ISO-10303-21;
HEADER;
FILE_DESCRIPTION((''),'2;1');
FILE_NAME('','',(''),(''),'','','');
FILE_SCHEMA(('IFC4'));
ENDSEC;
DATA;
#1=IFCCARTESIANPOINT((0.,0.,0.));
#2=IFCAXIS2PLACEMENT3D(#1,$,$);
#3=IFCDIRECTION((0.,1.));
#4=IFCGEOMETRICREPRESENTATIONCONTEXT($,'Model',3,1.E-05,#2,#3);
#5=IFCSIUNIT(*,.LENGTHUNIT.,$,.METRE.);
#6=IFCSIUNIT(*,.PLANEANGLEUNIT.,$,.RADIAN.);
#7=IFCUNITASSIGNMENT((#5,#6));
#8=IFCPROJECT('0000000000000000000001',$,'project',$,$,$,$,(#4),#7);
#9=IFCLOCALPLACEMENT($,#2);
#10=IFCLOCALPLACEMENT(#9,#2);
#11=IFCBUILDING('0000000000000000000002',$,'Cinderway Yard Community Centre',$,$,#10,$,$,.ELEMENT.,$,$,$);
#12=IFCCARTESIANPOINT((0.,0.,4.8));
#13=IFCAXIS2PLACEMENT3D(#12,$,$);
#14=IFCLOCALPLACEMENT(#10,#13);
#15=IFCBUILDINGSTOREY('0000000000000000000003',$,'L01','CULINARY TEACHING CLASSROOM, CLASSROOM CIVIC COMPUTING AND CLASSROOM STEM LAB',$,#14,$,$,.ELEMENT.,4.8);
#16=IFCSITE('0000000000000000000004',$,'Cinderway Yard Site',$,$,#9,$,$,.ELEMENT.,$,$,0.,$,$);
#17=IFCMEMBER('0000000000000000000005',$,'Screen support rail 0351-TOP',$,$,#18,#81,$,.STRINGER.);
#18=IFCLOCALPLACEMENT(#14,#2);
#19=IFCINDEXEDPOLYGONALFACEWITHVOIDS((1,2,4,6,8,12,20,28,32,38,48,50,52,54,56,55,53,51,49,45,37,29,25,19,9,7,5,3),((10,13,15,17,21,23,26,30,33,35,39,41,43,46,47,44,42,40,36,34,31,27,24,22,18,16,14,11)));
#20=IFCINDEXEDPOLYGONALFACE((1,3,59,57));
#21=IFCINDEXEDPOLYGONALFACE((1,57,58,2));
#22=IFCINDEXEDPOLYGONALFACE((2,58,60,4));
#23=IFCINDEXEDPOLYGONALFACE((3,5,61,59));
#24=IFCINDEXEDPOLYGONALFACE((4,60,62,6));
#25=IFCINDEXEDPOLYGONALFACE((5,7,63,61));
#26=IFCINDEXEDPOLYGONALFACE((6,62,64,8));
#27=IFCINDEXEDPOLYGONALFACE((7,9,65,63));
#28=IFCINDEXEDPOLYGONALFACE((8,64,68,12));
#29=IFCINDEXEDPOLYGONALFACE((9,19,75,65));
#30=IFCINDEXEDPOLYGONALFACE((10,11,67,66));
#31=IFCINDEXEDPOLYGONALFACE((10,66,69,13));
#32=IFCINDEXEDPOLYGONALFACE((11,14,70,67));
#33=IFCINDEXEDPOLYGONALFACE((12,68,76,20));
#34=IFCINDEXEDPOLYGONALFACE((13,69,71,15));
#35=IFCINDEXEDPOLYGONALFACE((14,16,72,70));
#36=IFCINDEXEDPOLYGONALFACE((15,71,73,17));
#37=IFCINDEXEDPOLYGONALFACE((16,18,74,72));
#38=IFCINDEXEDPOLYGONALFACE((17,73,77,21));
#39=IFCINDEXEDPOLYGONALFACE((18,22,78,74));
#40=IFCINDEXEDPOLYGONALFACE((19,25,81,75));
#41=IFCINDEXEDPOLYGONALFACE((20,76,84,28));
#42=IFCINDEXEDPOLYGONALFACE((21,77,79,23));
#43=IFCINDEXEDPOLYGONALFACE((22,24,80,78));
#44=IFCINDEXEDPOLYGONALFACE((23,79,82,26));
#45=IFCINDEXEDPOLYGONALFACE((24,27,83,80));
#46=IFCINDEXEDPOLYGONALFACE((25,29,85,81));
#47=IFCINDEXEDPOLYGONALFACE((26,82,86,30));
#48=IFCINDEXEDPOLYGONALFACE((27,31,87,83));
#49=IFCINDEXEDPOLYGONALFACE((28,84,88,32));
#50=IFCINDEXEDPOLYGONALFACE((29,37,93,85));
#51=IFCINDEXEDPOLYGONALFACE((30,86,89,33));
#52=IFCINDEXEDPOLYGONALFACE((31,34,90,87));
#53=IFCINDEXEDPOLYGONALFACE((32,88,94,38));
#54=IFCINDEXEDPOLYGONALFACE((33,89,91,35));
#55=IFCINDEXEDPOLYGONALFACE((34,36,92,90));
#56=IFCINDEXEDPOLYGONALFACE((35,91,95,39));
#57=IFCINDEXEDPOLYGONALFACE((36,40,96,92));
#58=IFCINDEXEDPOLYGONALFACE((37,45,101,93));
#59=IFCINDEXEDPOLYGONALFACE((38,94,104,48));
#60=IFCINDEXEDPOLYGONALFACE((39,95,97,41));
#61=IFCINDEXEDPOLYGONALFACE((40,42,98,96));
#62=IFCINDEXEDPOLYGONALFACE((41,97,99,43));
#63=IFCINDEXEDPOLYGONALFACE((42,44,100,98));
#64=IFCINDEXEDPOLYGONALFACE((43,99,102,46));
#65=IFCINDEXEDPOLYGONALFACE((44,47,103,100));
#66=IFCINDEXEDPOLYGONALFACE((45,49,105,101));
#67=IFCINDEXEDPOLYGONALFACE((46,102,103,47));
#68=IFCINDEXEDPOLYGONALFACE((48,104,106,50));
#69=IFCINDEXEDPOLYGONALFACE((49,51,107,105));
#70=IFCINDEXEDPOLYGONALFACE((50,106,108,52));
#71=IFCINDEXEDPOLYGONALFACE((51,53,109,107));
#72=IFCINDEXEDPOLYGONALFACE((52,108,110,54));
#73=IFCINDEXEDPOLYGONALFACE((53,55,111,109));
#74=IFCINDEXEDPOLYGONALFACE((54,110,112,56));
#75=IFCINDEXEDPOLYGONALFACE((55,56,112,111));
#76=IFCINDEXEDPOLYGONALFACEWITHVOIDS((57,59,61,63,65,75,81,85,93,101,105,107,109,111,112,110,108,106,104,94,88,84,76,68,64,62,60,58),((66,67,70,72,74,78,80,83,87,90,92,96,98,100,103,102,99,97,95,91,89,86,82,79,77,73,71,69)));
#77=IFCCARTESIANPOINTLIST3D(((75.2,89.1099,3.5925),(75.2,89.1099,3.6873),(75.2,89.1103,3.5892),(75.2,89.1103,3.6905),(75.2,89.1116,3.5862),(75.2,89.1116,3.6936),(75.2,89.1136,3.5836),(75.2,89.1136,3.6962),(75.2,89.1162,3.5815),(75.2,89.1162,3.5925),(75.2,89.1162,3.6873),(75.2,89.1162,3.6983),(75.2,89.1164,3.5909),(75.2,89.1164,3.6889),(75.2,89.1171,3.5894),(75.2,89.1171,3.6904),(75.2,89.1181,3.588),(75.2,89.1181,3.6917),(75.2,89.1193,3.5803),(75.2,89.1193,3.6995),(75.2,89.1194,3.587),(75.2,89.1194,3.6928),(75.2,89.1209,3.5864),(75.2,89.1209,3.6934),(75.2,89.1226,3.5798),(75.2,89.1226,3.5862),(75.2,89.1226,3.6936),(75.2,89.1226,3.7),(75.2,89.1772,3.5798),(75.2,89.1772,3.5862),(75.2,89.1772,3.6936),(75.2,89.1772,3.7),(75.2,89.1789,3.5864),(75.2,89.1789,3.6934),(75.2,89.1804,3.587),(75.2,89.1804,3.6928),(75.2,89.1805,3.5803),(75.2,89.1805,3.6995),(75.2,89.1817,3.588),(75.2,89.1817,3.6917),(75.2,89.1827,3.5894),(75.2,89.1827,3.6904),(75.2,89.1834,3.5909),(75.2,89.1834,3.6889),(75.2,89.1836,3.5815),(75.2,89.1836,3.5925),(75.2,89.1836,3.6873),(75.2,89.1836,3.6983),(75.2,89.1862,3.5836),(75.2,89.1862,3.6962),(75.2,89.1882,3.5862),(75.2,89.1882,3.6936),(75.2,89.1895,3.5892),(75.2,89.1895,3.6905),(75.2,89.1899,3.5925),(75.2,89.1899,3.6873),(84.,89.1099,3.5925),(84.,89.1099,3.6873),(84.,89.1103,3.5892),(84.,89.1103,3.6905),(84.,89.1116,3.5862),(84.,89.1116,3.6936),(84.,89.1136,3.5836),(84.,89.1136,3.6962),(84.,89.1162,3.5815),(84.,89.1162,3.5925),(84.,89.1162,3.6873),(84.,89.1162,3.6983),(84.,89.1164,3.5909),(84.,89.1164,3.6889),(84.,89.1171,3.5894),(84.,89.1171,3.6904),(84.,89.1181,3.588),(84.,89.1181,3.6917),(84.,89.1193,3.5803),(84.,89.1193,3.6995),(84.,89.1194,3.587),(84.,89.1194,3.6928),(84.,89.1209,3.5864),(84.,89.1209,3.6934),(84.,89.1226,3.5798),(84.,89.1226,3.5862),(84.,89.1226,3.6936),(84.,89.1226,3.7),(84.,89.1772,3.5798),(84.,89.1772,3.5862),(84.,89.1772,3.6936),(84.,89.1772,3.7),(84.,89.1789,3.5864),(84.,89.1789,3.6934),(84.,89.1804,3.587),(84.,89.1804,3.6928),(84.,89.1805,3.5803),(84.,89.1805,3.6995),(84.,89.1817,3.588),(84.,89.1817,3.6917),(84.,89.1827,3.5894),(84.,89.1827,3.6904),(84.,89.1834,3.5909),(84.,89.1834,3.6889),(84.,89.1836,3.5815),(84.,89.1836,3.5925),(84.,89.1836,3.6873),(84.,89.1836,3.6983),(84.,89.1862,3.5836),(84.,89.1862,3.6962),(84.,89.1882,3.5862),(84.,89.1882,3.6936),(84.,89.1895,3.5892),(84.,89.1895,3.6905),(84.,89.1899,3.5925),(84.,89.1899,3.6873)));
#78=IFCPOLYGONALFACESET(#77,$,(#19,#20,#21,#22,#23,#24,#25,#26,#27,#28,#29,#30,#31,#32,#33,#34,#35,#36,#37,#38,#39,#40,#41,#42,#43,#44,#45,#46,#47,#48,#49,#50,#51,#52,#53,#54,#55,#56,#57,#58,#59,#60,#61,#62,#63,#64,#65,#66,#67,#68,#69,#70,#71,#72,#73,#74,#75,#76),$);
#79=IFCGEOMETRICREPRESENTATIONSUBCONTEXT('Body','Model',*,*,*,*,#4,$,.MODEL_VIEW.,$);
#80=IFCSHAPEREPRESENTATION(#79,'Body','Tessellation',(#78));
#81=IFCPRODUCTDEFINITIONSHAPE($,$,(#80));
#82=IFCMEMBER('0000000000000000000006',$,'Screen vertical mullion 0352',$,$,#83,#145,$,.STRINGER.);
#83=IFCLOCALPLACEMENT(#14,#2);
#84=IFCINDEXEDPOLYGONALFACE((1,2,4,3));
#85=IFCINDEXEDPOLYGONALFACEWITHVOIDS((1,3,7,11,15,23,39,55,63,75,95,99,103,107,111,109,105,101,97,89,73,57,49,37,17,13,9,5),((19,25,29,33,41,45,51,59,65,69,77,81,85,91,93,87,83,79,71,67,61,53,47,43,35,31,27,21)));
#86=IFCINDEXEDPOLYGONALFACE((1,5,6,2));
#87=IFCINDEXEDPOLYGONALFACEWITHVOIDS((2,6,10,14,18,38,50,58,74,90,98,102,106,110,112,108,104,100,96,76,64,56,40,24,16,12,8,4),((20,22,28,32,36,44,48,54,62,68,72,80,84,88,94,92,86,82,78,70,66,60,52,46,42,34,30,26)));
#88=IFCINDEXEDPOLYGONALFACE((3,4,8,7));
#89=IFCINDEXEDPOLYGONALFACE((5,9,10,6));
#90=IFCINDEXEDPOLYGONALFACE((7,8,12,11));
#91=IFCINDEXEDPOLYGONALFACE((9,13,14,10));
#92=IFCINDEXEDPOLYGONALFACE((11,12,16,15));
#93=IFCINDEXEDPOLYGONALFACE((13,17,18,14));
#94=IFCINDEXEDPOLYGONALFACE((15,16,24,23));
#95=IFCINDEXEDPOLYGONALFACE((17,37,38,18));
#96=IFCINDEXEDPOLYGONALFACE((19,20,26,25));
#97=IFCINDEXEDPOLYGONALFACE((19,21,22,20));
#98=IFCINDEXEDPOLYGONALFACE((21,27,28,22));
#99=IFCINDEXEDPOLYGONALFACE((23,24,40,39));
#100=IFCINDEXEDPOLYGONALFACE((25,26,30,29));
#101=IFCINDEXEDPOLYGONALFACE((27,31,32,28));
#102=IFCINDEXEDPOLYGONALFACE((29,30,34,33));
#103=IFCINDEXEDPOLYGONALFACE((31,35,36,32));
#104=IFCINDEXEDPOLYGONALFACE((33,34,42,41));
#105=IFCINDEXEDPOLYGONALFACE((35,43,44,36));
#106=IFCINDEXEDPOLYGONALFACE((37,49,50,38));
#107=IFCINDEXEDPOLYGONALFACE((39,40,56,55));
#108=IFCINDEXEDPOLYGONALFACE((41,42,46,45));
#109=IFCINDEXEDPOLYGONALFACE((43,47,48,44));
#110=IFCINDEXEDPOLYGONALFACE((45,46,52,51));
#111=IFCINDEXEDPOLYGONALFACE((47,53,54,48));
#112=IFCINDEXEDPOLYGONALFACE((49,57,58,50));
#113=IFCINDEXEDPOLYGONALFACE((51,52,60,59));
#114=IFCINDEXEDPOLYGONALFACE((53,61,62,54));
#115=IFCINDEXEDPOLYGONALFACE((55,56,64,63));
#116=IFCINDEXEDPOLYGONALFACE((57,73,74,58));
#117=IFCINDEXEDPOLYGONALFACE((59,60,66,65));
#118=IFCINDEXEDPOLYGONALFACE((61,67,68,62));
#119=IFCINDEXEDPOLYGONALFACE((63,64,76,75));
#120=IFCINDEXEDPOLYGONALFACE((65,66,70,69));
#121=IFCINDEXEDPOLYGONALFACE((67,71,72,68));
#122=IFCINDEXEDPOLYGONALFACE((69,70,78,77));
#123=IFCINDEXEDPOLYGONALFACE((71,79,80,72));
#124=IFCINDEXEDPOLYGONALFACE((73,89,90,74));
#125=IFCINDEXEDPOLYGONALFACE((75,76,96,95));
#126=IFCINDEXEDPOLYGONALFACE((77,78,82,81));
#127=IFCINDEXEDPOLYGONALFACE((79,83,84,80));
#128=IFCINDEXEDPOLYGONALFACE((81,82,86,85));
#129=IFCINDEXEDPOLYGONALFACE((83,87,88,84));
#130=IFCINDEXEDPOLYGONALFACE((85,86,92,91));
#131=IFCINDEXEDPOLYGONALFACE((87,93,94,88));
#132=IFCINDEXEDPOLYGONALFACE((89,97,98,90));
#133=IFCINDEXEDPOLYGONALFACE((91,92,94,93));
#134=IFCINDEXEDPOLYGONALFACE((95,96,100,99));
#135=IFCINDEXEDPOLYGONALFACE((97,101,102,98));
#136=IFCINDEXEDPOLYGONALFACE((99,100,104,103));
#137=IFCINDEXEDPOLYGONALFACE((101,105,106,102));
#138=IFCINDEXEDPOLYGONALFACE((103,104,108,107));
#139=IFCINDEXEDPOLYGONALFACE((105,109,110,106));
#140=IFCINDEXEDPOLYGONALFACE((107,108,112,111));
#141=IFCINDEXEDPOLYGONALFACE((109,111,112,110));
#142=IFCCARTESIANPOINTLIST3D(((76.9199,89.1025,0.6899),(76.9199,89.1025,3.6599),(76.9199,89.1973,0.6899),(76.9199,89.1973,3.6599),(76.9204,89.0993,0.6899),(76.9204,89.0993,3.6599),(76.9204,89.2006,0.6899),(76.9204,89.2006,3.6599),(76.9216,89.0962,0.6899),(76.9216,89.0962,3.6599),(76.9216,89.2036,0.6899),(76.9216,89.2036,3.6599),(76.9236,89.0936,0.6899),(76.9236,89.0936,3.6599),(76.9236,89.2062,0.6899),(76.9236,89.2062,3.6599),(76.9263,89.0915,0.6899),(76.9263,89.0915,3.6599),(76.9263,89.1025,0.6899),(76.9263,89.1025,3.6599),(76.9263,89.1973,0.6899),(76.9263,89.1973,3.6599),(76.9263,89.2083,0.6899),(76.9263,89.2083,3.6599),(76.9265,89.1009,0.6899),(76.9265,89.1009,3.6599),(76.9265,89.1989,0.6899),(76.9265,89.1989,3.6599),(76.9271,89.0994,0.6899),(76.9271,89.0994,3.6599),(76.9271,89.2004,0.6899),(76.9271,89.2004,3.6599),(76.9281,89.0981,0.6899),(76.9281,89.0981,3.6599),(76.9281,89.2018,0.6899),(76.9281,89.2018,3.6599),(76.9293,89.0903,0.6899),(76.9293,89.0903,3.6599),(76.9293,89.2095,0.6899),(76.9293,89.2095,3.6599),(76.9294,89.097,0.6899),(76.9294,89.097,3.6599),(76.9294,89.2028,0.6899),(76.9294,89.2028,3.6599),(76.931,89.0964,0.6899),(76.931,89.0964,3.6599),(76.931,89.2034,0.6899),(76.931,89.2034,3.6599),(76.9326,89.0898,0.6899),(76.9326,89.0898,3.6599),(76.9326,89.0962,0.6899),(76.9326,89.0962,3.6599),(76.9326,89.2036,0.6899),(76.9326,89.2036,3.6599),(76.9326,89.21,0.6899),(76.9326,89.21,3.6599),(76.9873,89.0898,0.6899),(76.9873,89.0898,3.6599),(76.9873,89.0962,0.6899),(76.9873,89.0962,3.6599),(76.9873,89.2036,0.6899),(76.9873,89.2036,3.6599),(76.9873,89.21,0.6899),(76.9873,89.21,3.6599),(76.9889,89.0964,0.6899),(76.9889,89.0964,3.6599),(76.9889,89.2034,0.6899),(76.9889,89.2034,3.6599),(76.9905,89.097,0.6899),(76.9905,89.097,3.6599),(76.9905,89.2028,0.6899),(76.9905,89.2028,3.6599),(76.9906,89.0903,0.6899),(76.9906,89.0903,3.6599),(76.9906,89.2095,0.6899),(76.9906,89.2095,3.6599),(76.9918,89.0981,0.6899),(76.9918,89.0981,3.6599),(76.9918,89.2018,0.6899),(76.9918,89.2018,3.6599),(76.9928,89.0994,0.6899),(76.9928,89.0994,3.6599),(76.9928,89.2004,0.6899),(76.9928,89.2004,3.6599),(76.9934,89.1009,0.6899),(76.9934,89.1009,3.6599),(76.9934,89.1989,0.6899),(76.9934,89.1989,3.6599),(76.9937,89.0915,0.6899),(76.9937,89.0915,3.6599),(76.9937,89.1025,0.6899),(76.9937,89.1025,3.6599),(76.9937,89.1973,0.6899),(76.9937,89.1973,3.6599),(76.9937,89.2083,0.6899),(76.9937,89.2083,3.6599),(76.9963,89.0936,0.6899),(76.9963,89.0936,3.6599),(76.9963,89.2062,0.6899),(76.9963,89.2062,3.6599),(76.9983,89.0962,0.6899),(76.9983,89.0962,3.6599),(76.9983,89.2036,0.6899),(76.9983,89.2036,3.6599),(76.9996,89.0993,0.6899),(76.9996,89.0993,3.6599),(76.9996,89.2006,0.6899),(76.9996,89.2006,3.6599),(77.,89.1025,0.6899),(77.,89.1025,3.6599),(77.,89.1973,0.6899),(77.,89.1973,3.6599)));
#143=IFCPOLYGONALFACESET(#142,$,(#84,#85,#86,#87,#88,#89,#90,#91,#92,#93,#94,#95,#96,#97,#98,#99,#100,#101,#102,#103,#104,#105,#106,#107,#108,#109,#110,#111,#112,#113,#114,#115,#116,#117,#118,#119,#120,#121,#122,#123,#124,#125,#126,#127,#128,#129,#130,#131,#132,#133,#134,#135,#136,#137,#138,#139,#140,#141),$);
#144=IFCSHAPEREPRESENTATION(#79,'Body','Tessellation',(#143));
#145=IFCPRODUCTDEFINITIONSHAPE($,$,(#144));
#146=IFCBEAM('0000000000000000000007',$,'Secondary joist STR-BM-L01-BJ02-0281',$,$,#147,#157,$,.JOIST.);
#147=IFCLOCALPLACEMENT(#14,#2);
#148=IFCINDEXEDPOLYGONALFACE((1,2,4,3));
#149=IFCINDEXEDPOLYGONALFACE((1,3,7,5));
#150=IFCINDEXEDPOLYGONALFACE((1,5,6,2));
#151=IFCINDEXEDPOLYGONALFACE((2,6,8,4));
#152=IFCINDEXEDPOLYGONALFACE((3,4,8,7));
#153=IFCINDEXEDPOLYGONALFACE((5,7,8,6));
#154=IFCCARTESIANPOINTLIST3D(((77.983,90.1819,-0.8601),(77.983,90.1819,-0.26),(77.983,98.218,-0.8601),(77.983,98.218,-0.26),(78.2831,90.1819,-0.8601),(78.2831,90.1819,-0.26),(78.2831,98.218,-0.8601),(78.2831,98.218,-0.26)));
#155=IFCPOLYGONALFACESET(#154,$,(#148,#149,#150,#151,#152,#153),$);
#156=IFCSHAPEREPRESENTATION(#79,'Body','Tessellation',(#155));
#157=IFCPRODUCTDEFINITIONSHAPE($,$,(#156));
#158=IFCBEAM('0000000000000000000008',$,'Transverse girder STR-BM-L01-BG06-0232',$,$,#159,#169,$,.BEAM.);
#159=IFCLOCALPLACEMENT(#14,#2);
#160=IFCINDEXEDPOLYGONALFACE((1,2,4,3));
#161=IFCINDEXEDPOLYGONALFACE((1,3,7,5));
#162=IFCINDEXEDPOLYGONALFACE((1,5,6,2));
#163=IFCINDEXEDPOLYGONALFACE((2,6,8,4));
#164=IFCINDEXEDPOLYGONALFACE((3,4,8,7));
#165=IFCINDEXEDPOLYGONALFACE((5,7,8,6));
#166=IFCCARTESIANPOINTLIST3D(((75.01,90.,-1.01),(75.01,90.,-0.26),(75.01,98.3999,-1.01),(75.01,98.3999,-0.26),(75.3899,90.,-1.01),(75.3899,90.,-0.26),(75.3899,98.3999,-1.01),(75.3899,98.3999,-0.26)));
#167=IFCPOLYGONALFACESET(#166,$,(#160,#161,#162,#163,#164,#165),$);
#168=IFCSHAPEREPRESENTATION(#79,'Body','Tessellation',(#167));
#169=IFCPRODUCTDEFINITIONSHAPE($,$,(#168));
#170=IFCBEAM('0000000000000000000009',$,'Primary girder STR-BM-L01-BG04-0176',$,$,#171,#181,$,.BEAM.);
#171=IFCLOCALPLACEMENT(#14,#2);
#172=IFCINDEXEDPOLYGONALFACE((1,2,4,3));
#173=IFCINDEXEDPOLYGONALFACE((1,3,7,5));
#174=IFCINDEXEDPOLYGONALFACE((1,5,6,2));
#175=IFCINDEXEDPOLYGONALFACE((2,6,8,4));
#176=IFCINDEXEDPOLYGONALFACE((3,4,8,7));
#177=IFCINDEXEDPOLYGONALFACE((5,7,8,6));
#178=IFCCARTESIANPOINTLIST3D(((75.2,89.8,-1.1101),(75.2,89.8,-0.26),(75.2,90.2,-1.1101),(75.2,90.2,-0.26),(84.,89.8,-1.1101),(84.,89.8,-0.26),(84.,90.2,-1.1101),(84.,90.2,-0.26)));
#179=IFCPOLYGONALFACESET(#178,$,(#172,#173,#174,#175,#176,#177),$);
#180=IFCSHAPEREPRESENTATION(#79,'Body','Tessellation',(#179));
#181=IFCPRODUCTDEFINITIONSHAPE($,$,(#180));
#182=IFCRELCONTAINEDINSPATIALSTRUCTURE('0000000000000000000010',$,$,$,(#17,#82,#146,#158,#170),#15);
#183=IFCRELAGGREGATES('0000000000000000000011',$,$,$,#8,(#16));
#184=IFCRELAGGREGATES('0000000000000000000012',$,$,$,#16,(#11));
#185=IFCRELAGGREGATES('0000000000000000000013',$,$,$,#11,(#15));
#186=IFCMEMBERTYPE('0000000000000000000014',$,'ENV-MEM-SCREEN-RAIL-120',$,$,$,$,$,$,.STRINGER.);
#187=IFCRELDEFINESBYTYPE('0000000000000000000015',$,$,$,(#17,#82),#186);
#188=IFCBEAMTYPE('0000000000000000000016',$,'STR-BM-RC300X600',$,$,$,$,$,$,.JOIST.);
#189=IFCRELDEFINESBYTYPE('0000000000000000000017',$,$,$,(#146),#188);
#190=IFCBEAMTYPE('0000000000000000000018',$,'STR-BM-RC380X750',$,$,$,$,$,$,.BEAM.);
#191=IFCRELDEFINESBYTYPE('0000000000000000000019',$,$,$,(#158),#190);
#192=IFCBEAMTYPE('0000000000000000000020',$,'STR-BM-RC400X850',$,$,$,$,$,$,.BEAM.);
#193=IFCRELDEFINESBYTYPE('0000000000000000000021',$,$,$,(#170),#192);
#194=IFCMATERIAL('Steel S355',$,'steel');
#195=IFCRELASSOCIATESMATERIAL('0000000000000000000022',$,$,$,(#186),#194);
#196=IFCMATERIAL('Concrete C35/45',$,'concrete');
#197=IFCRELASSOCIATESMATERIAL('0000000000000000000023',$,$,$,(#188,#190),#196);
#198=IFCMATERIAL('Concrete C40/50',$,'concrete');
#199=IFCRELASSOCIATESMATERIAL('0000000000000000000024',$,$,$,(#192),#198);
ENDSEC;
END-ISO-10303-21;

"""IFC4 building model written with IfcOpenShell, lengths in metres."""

from ifc_helpers import new_model, si_unit, direction, frame, origin, origin_2d, place, context, subcontext, project, spatial, rectangle, hollow_rectangle, extrude, material, material_profile, profile_set, type_object, element, save


model = new_model("IFC4")

# Units and contexts
model_context = context("Model", 3, precision=1e-05, world=origin(), true_north=direction((0.0, 1.0)))
body_context = subcontext(model_context, "Body", "Model", "MODEL_VIEW")
ifc_project = project(units=[si_unit("LENGTHUNIT", "METRE"), si_unit("PLANEANGLEUNIT", "RADIAN")], contexts=[model_context])

# Site, building, storey
site_placement = place(None, origin())
site = spatial("IfcSite", under=ifc_project, at=site_placement, Name="Cinderway Yard Site", CompositionType="ELEMENT", RefElevation=0.0)
building_placement = place(site_placement, origin())
building = spatial("IfcBuilding", under=site, at=building_placement, Name="Cinderway Yard Community Centre", CompositionType="ELEMENT")
storey_placement = place(building_placement, frame((0.0, 0.0, 4.8)))
storey = spatial("IfcBuildingStorey", under=building, at=storey_placement, Name="L01", Description="CULINARY TEACHING CLASSROOM, CLASSROOM CIVIC COMPUTING AND CLASSROOM STEM LAB", CompositionType="ELEMENT", Elevation=4.8)

# Shared definitions
ifc_material_1 = material(Name="Concrete C40/50", Category="concrete")

# Members
ifc_material_2 = material(Name="Steel S355", Category="steel")
ifc_material_profile_1 = material_profile(ifc_material_2, hollow_rectangle(XDim=0.0801, YDim=0.1201, WallThickness=0.0063, InnerFilletRadius=0.0063, OuterFilletRadius=0.0127, at=origin_2d()), Name="Steel S355")
ifc_profile_set_1 = profile_set([ifc_material_profile_1], Name="Steel S355")
member_type_1 = type_object("IfcMemberType", Name="ENV-MEM-SCREEN-RAIL-120", PredefinedType="STRINGER", material=ifc_profile_set_1)
for number, where, z_axis, x_axis, name in (
    (1, (75.2, 89.1499, 3.6399), (1.0, 0.0, 0.0), (0.0, 1.0, 0.0), "Screen support rail 0351-TOP"),
):
    element("IfcMember", number, at=place(storey_placement, frame(where, z_axis=z_axis, x_axis=x_axis)), inside=storey, type_object=member_type_1, Name=name, PredefinedType="STRINGER", context=body_context, shape_type="SweptSolid", body=[
        extrude(hollow_rectangle(XDim=0.0801, YDim=0.1201, WallThickness=0.0063, InnerFilletRadius=0.0063, OuterFilletRadius=0.0127, at=origin_2d()), origin(), (0.0, 0.0, 1.0), 8.8),
    ])
member_1_placement = place(storey_placement, frame((76.96, 89.1499, 0.6899), z_axis=(0.0, 0.0, 1.0), x_axis=(1.0, 0.0, 0.0)))
element("IfcMember", 2, at=member_1_placement, inside=storey, type_object=member_type_1, Name="Screen vertical mullion 0352", PredefinedType="STRINGER", context=body_context, shape_type="SweptSolid", body=[
    extrude(hollow_rectangle(XDim=0.0801, YDim=0.1201, WallThickness=0.0063, InnerFilletRadius=0.0063, OuterFilletRadius=0.0127, at=origin_2d()), origin(), (0.0, 0.0, 1.0), 2.97),
])

# Beams
ifc_material_3 = material(Name="Concrete C35/45", Category="concrete")
ifc_material_profile_2 = material_profile(ifc_material_3, rectangle(XDim=0.3, YDim=0.6001, at=origin_2d()), Name="Concrete C35/45")
ifc_profile_set_2 = profile_set([ifc_material_profile_2], Name="Concrete C35/45")
beam_type_1 = type_object("IfcBeamType", Name="STR-BM-RC300X600", PredefinedType="JOIST", material=ifc_profile_set_2)
beam_1_placement = place(storey_placement, frame((78.1331, 90.1819, -0.5601), z_axis=(0.0, 1.0, 0.0), x_axis=(-1.0, 0.0, 0.0)))
element("IfcBeam", 3, at=beam_1_placement, inside=storey, type_object=beam_type_1, Name="Secondary joist STR-BM-L01-BJ02-0281", PredefinedType="JOIST", context=body_context, shape_type="SweptSolid", body=[
    extrude(rectangle(XDim=0.3, YDim=0.6001, at=origin_2d()), origin(), (0.0, 0.0, 1.0), 8.0361),
])
ifc_material_profile_3 = material_profile(ifc_material_3, rectangle(XDim=0.3799, YDim=0.75, at=origin_2d()), Name="Concrete C35/45")
ifc_profile_set_3 = profile_set([ifc_material_profile_3], Name="Concrete C35/45")
beam_type_2 = type_object("IfcBeamType", Name="STR-BM-RC380X750", PredefinedType="BEAM", material=ifc_profile_set_3)
beam_2_placement = place(storey_placement, frame((75.2, 90.0, -0.635), z_axis=(0.0, 1.0, 0.0), x_axis=(-1.0, 0.0, 0.0)))
element("IfcBeam", 4, at=beam_2_placement, inside=storey, type_object=beam_type_2, Name="Transverse girder STR-BM-L01-BG06-0232", PredefinedType="BEAM", context=body_context, shape_type="SweptSolid", body=[
    extrude(rectangle(XDim=0.3799, YDim=0.75, at=origin_2d()), origin(), (0.0, 0.0, 1.0), 8.3999),
])
ifc_material_profile_4 = material_profile(ifc_material_1, rectangle(XDim=0.3999, YDim=0.8501, at=origin_2d()), Name="Concrete C40/50")
ifc_profile_set_4 = profile_set([ifc_material_profile_4], Name="Concrete C40/50")
beam_type_3 = type_object("IfcBeamType", Name="STR-BM-RC400X850", PredefinedType="BEAM", material=ifc_profile_set_4)
beam_3_placement = place(storey_placement, frame((75.2, 90.0, -0.6851), z_axis=(1.0, 0.0, 0.0), x_axis=(0.0, 1.0, 0.0)))
element("IfcBeam", 5, at=beam_3_placement, inside=storey, type_object=beam_type_3, Name="Primary girder STR-BM-L01-BG04-0176", PredefinedType="BEAM", context=body_context, shape_type="SweptSolid", body=[
    extrude(rectangle(XDim=0.3999, YDim=0.8501, at=origin_2d()), origin(), (0.0, 0.0, 1.0), 8.8),
])

save(model, "model.ifc")
